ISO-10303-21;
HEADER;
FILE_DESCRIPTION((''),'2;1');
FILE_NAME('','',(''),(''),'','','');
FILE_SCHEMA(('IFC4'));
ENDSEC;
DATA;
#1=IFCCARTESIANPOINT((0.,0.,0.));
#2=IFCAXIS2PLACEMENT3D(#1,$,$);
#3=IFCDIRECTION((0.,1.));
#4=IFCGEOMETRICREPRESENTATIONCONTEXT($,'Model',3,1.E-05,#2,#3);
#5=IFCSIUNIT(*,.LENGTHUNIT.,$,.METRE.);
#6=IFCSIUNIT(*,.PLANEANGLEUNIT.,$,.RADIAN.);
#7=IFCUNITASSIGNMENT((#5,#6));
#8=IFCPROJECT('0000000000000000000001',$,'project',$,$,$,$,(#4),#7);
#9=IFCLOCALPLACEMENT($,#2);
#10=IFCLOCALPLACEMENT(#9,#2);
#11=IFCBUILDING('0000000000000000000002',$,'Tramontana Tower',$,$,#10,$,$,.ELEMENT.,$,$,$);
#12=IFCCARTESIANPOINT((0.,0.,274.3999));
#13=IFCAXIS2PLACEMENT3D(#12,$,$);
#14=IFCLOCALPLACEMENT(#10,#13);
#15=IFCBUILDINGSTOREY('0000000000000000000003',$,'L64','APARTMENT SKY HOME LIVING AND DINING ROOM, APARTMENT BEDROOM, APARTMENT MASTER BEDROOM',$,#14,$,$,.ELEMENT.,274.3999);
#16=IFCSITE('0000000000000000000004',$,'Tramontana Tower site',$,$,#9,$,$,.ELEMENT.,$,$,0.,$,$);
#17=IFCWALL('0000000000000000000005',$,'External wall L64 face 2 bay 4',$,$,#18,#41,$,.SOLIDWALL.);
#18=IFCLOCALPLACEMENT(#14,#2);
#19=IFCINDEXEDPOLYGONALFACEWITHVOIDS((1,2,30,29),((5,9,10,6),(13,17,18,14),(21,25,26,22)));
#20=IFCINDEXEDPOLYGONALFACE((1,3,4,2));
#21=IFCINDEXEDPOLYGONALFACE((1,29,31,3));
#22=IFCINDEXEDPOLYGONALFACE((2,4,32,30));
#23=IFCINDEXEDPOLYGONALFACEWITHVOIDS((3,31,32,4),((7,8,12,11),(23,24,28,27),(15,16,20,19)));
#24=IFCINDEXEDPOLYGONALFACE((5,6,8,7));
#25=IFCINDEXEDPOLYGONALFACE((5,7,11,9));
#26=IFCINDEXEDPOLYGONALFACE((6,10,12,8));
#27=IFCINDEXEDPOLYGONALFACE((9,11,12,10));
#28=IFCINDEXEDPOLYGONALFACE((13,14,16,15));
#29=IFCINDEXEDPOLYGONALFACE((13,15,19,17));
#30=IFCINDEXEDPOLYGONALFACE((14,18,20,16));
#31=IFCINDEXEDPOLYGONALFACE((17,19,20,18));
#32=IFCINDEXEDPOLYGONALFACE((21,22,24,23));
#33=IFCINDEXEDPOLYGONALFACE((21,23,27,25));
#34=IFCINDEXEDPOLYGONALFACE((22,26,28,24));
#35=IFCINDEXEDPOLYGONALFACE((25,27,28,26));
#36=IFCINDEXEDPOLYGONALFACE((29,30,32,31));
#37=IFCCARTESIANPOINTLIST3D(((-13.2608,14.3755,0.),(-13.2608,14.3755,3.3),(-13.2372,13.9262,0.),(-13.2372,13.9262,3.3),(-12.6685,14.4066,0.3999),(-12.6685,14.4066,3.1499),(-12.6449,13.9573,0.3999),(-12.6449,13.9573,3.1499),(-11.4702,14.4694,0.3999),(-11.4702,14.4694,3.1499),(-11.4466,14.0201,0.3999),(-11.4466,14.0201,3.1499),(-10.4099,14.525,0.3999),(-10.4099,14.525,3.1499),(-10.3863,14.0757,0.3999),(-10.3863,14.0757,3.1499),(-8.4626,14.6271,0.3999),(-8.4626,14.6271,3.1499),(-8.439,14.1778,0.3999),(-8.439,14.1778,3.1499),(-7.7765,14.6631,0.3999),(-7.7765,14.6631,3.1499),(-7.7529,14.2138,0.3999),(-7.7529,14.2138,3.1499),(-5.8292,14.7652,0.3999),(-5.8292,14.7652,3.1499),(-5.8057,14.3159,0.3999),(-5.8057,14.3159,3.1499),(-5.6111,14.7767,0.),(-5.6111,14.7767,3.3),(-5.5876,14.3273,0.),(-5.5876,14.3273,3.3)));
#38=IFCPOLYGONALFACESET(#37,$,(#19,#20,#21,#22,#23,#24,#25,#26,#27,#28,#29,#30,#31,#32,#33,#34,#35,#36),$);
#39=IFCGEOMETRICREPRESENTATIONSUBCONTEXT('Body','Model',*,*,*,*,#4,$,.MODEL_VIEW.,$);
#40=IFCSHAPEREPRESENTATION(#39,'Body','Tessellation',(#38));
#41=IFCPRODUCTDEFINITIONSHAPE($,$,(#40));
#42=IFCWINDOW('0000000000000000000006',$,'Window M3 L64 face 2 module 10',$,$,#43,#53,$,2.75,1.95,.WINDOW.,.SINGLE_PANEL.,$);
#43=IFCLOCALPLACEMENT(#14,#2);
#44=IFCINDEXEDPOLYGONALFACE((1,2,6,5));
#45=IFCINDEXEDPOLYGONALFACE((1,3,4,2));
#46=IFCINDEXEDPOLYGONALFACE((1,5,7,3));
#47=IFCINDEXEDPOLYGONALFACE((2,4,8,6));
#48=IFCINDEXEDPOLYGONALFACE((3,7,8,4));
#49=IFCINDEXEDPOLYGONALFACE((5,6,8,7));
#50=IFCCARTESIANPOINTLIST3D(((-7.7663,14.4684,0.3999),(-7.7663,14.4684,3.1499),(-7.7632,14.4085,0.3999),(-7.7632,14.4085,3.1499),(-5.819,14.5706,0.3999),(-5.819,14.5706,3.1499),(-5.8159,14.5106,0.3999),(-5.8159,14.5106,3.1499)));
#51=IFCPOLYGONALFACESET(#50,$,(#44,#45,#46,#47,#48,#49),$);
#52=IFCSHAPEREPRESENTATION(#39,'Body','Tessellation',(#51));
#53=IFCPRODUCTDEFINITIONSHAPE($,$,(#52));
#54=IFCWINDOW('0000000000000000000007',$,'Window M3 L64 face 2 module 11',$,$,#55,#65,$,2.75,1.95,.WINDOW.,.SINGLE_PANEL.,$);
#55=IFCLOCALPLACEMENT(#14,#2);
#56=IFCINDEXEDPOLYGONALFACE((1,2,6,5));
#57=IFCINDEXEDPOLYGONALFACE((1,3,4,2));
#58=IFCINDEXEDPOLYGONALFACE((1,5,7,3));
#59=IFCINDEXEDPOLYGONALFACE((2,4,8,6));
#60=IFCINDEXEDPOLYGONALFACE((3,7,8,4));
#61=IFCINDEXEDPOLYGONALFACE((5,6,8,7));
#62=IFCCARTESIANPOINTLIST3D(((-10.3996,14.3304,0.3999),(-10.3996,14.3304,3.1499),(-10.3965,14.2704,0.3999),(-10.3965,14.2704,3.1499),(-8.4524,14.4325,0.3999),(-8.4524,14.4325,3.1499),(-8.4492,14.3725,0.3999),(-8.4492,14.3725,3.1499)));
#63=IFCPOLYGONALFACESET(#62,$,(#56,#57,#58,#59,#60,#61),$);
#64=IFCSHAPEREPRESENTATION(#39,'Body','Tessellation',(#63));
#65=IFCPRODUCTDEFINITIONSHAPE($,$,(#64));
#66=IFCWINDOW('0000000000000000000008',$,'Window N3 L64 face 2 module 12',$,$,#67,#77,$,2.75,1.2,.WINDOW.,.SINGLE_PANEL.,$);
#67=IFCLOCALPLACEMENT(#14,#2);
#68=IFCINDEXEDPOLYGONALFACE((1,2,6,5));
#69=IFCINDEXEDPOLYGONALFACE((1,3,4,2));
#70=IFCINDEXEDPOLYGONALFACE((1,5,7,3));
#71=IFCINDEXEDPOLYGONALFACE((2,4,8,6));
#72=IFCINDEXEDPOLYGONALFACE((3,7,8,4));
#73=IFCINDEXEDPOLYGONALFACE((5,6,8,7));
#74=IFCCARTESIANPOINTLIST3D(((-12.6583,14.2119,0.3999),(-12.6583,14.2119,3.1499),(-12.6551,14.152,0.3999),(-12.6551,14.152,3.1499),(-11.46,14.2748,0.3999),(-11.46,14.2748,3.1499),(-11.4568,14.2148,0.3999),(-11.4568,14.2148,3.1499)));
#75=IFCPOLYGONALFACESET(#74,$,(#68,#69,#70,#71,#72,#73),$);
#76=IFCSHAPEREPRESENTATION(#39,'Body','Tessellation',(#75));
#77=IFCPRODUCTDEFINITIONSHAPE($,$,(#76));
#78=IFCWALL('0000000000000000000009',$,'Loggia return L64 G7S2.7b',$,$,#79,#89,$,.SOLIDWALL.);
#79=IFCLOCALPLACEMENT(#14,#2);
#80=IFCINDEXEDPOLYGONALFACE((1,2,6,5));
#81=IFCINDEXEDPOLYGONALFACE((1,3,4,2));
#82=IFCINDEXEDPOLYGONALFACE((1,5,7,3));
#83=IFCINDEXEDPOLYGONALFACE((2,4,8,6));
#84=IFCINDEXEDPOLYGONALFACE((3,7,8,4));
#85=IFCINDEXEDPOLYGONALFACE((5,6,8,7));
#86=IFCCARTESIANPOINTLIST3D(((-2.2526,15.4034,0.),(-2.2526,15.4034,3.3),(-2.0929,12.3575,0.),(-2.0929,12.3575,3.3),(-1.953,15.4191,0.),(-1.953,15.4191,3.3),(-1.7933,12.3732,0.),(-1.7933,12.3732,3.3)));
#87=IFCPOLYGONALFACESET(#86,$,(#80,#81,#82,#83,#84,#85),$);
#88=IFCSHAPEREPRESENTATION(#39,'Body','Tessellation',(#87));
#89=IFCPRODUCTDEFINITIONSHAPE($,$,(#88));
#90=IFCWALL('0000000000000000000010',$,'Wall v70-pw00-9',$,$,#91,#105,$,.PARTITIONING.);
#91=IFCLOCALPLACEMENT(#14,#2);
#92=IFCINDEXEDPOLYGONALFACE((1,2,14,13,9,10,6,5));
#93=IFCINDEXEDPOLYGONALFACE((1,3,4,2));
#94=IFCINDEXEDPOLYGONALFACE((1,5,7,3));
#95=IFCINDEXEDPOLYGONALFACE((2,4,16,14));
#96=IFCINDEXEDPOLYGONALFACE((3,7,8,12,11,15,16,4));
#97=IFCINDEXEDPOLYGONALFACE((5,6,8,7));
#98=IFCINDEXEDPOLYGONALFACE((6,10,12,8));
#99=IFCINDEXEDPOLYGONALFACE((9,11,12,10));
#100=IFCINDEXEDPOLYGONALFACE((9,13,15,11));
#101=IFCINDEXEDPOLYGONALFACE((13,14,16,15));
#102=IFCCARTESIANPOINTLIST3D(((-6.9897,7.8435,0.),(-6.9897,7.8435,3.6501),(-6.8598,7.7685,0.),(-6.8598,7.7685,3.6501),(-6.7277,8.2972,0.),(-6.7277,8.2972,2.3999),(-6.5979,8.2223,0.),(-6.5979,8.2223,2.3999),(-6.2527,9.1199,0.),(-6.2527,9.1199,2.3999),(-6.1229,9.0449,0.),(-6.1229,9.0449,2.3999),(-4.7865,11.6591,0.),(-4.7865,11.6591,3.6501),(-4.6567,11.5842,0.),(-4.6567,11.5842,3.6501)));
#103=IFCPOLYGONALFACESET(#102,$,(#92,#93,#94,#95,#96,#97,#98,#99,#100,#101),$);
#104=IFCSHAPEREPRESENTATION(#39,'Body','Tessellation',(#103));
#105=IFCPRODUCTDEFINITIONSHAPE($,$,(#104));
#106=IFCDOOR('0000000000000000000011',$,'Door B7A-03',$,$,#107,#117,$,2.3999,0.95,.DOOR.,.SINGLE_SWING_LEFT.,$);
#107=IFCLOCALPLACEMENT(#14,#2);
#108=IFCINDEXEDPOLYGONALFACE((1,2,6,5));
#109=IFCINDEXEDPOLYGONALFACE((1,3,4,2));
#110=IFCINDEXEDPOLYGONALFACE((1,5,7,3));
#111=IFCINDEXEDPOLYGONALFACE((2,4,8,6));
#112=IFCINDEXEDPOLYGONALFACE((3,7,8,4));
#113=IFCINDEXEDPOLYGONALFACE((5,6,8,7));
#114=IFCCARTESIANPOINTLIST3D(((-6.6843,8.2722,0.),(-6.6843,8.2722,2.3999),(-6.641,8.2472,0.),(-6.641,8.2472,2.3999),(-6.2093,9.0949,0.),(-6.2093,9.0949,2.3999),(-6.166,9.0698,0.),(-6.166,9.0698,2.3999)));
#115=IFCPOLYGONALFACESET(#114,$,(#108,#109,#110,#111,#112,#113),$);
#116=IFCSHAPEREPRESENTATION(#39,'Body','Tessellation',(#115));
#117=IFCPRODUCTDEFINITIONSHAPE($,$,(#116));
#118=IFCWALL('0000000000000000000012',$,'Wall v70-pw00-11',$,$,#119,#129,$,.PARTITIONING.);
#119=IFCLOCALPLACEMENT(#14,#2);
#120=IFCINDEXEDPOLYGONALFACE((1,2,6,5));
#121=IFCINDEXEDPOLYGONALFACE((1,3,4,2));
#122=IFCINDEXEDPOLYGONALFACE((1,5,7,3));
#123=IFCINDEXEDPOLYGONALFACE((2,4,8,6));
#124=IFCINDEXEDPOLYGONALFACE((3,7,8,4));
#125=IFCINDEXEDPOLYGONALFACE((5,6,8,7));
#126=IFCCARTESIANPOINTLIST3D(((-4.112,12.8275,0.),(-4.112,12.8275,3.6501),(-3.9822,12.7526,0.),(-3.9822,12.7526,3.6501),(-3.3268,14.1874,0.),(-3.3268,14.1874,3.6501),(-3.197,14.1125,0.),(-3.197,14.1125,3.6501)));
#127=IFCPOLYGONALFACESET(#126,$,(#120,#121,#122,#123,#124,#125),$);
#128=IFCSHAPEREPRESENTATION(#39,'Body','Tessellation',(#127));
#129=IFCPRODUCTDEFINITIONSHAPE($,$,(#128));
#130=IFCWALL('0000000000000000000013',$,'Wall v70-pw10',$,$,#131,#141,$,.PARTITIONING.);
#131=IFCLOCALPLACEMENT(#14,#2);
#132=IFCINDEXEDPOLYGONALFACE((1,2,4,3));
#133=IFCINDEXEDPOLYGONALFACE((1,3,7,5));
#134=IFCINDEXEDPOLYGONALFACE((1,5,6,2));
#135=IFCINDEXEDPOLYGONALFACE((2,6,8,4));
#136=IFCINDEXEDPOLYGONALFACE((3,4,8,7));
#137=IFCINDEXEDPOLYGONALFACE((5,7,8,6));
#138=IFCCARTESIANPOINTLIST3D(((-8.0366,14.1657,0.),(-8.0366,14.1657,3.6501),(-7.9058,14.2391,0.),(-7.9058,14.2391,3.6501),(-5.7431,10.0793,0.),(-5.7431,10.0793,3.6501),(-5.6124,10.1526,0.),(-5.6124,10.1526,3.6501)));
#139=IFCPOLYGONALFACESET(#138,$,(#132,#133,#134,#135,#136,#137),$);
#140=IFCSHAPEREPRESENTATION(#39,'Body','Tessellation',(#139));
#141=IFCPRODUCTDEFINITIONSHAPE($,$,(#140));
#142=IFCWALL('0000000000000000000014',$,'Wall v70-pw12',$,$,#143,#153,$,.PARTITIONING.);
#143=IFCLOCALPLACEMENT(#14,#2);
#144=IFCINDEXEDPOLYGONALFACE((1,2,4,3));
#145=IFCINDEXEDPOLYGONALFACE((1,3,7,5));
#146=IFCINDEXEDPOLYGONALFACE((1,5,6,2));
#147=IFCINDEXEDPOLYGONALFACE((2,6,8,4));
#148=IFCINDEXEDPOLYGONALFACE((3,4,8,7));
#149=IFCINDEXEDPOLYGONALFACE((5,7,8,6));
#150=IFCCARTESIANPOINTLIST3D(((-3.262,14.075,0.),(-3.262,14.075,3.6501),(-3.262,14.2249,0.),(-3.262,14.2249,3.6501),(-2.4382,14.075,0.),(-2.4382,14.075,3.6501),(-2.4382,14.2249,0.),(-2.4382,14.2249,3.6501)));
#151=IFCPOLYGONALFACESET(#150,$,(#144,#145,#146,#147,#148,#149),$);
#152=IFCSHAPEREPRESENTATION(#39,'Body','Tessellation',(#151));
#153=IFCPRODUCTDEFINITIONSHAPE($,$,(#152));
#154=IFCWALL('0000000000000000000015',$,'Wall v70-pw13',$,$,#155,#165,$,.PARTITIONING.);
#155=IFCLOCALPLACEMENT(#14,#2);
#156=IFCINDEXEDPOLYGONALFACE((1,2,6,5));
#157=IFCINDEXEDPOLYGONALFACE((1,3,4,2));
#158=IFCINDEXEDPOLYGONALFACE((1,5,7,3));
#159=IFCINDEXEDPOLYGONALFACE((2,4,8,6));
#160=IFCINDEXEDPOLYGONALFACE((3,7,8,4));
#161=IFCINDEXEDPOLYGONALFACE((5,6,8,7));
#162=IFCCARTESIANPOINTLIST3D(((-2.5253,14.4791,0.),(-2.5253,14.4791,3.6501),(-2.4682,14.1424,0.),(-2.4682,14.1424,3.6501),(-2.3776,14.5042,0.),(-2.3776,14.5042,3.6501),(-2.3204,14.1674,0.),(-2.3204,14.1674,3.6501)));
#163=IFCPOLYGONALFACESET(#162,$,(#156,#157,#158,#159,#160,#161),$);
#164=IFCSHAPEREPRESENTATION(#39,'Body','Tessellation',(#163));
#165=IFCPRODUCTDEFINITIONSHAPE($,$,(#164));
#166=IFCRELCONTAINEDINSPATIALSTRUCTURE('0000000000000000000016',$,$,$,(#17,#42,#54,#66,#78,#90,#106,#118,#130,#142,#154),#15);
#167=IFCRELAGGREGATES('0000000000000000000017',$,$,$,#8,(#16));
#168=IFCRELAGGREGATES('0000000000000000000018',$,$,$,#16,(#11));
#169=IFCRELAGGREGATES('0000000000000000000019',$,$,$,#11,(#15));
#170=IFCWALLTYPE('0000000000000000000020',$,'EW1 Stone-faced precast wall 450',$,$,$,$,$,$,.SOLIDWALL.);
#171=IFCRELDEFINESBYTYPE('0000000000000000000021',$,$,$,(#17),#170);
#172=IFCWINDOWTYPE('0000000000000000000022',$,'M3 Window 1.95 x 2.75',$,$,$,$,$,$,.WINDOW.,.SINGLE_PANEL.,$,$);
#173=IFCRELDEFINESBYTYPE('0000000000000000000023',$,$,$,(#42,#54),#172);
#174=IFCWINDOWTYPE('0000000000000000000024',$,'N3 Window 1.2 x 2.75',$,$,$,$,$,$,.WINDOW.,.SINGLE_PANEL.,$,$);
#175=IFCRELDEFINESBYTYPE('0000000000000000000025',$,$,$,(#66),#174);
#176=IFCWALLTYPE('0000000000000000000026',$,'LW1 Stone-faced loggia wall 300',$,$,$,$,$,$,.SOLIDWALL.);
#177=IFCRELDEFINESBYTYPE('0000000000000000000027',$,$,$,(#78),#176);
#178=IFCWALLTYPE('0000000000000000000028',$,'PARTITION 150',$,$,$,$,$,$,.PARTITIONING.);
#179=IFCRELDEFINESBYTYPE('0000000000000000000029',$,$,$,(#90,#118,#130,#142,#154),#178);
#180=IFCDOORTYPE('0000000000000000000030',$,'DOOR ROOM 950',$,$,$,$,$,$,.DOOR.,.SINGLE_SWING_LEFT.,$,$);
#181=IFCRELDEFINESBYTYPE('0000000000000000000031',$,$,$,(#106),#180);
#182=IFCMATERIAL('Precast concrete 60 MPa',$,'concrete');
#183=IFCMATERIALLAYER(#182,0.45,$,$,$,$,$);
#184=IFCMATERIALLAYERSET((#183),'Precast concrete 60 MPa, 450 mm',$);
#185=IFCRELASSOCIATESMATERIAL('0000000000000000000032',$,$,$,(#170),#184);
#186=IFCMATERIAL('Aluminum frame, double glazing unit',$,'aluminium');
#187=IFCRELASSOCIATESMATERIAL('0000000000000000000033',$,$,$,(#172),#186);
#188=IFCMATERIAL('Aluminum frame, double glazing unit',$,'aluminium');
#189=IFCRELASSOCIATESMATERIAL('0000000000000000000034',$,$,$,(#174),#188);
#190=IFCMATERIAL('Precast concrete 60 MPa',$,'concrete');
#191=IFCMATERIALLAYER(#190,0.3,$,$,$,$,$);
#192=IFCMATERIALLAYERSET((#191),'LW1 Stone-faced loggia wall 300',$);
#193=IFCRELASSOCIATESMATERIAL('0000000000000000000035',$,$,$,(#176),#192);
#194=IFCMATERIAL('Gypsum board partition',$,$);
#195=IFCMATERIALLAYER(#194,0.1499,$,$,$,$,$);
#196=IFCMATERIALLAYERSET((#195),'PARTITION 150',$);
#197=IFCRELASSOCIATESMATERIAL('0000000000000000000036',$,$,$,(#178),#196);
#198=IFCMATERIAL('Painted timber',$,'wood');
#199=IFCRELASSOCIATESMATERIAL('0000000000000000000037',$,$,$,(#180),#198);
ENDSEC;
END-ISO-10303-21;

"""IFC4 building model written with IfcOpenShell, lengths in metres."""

from ifc_helpers import new_model, si_unit, direction, frame, frame_2d, origin, place, context, subcontext, project, spatial, rectangle, extrude, material, layer, layer_set, type_object, element, fill, save


model = new_model("IFC4")

# Units and contexts
model_context = context("Model", 3, precision=1e-05, world=origin(), true_north=direction((0.0, 1.0)))
body_context = subcontext(model_context, "Body", "Model", "MODEL_VIEW")
ifc_project = project(units=[si_unit("LENGTHUNIT", "METRE"), si_unit("PLANEANGLEUNIT", "RADIAN")], contexts=[model_context])

# Site, building, storey
site_placement = place(None, origin())
site = spatial("IfcSite", under=ifc_project, at=site_placement, Name="Tramontana Tower site", CompositionType="ELEMENT", RefElevation=0.0)
building_placement = place(site_placement, origin())
building = spatial("IfcBuilding", under=site, at=building_placement, Name="Tramontana Tower", CompositionType="ELEMENT")
storey_placement = place(building_placement, frame((0.0, 0.0, 274.3999)))
storey = spatial("IfcBuildingStorey", under=building, at=storey_placement, Name="L64", Description="APARTMENT SKY HOME LIVING AND DINING ROOM, APARTMENT BEDROOM, APARTMENT MASTER BEDROOM", CompositionType="ELEMENT", Elevation=274.3999)

# Shared definitions
ifc_material_1 = material(Name="Precast concrete 60 MPa", Category="concrete")
ifc_layer_1 = layer(ifc_material_1, 0.45)
ifc_layer_set_1 = layer_set([ifc_layer_1], Name="Precast concrete 60 MPa, 450 mm")
wall_type_1 = type_object("IfcWallType", Name="EW1 Stone-faced precast wall 450", PredefinedType="SOLIDWALL", material=ifc_layer_set_1)
ifc_material_2 = material(Name="Aluminum frame, double glazing unit", Category="aluminium")
window_type_1 = type_object("IfcWindowType", Name="M3 Window 1.95 x 2.75", PartitioningType="SINGLE_PANEL", PredefinedType="WINDOW", material=ifc_material_2)

# Wall, openings, windows
wall_1_placement = place(storey_placement, frame((-5.5994, 14.552, 0.0), z_axis=(0.0, 0.0, 1.0), x_axis=(-0.998628, -0.052365, 0.0)))
wall_1 = element("IfcWall", 1, at=wall_1_placement, inside=storey, type_object=wall_type_1, Name="External wall L64 face 2 bay 4", PredefinedType="SOLIDWALL", context=body_context, shape_type="SweptSolid", body=[
    extrude(rectangle(XDim=7.6602, YDim=0.45, at=frame_2d((3.8301, 0.0))), origin(), (0.0, 0.0, 1.0), 3.3),
])
opening_1_placement = place(wall_1_placement, frame((0.2183, 0.0, 0.3999)))
opening_1 = element("IfcOpeningElement", 2, at=opening_1_placement, cuts=wall_1, PredefinedType="OPENING", context=body_context, shape_type="SweptSolid", body=[
    extrude(rectangle(XDim=1.95, YDim=2.75, at=frame_2d((0.9751, 1.375))), frame((0.0, 0.2349, 0.0), z_axis=(0.0, -1.0, 0.0), x_axis=(1.0, 0.0, 0.0)), (0.0, 0.0, 1.0), 0.47),
])
opening_2_placement = place(wall_1_placement, frame((2.8552, 0.0, 0.3999)))
opening_2 = element("IfcOpeningElement", 3, at=opening_2_placement, cuts=wall_1, PredefinedType="OPENING", context=body_context, shape_type="SweptSolid", body=[
    extrude(rectangle(XDim=1.95, YDim=2.75, at=frame_2d((0.9751, 1.375))), frame((0.0, 0.2349, 0.0), z_axis=(0.0, -1.0, 0.0), x_axis=(1.0, 0.0, 0.0)), (0.0, 0.0, 1.0), 0.47),
])
opening_3_placement = place(wall_1_placement, frame((5.8669, 0.0, 0.3999)))
opening_3 = element("IfcOpeningElement", 4, at=opening_3_placement, cuts=wall_1, PredefinedType="OPENING", context=body_context, shape_type="SweptSolid", body=[
    extrude(rectangle(XDim=1.2, YDim=2.75, at=frame_2d((0.6001, 1.375))), frame((0.0, 0.2349, 0.0), z_axis=(0.0, -1.0, 0.0), x_axis=(1.0, 0.0, 0.0)), (0.0, 0.0, 1.0), 0.47),
])
window_1_placement = place(opening_1_placement, origin())
window_1 = element("IfcWindow", 5, at=window_1_placement, inside=storey, type_object=window_type_1, Name="Window M3 L64 face 2 module 10", OverallHeight=2.75, OverallWidth=1.95, PartitioningType="SINGLE_PANEL", PredefinedType="WINDOW", context=body_context, shape_type="SweptSolid", body=[
    extrude(rectangle(XDim=1.95, YDim=2.75, at=frame_2d((0.9751, 1.375))), frame((0.0, 0.03, 0.0), z_axis=(0.0, -1.0, 0.0), x_axis=(1.0, 0.0, 0.0)), (0.0, 0.0, 1.0), 0.0601),
])
fill(opening_1, window_1)
window_2_placement = place(opening_2_placement, origin())
window_2 = element("IfcWindow", 6, at=window_2_placement, inside=storey, type_object=window_type_1, Name="Window M3 L64 face 2 module 11", OverallHeight=2.75, OverallWidth=1.95, PartitioningType="SINGLE_PANEL", PredefinedType="WINDOW", context=body_context, shape_type="SweptSolid", body=[
    extrude(rectangle(XDim=1.95, YDim=2.75, at=frame_2d((0.9751, 1.375))), frame((0.0, 0.03, 0.0), z_axis=(0.0, -1.0, 0.0), x_axis=(1.0, 0.0, 0.0)), (0.0, 0.0, 1.0), 0.0601),
])
fill(opening_2, window_2)
ifc_material_3 = material(Name="Aluminum frame, double glazing unit", Category="aluminium")
window_type_2 = type_object("IfcWindowType", Name="N3 Window 1.2 x 2.75", PartitioningType="SINGLE_PANEL", PredefinedType="WINDOW", material=ifc_material_3)
window_3_placement = place(opening_3_placement, origin())
window_3 = element("IfcWindow", 7, at=window_3_placement, inside=storey, type_object=window_type_2, Name="Window N3 L64 face 2 module 12", OverallHeight=2.75, OverallWidth=1.2, PartitioningType="SINGLE_PANEL", PredefinedType="WINDOW", context=body_context, shape_type="SweptSolid", body=[
    extrude(rectangle(XDim=1.2, YDim=2.75, at=frame_2d((0.6001, 1.375))), frame((0.0, 0.03, 0.0), z_axis=(0.0, -1.0, 0.0), x_axis=(1.0, 0.0, 0.0)), (0.0, 0.0, 1.0), 0.0601),
])
fill(opening_3, window_3)

# Wall
ifc_material_4 = material(Name="Precast concrete 60 MPa", Category="concrete")
ifc_layer_2 = layer(ifc_material_4, 0.3)
ifc_layer_set_2 = layer_set([ifc_layer_2], Name="LW1 Stone-faced loggia wall 300")
wall_type_2 = type_object("IfcWallType", Name="LW1 Stone-faced loggia wall 300", PredefinedType="SOLIDWALL", material=ifc_layer_set_2)
wall_2_placement = place(storey_placement, frame((-2.1028, 15.4111, 0.0), z_axis=(0.0, 0.0, 1.0), x_axis=(0.052349, -0.998629, 0.0)))
element("IfcWall", 8, at=wall_2_placement, inside=storey, type_object=wall_type_2, Name="Loggia return L64 G7S2.7b", PredefinedType="SOLIDWALL", context=body_context, shape_type="SweptSolid", body=[
    extrude(rectangle(XDim=3.05, YDim=0.3, at=frame_2d((1.5249, 0.0))), origin(), (0.0, 0.0, 1.0), 3.3),
])

# Wall, opening, door
ifc_material_5 = material(Name="Gypsum board partition")
ifc_layer_3 = layer(ifc_material_5, 0.1499)
ifc_layer_set_3 = layer_set([ifc_layer_3], Name="PARTITION 150")
wall_type_3 = type_object("IfcWallType", Name="PARTITION 150", PredefinedType="PARTITIONING", material=ifc_layer_set_3)
wall_3_placement = place(storey_placement, frame((-6.9248, 7.8059, 0.0), z_axis=(0.0, 0.0, 1.0), x_axis=(0.500025, 0.866011, 0.0)))
wall_3 = element("IfcWall", 9, at=wall_3_placement, inside=storey, type_object=wall_type_3, Name="Wall v70-pw00-9", PredefinedType="PARTITIONING", context=body_context, shape_type="SweptSolid", body=[
    extrude(rectangle(XDim=4.406, YDim=0.1499, at=frame_2d((2.2031, 0.0))), origin(), (0.0, 0.0, 1.0), 3.6501),
])
opening_4_placement = place(wall_3_placement, frame((0.5239, 0.0, 0.0)))
opening_4 = element("IfcOpeningElement", 10, at=opening_4_placement, cuts=wall_3, PredefinedType="OPENING", context=body_context, shape_type="SweptSolid", body=[
    extrude(rectangle(XDim=0.95, YDim=2.3999, at=frame_2d((0.4751, 1.2))), frame((0.0, 0.085, 0.0), z_axis=(0.0, -1.0, 0.0), x_axis=(1.0, 0.0, 0.0)), (0.0, 0.0, 1.0), 0.1699),
])
ifc_material_6 = material(Name="Painted timber", Category="wood")
door_type_1 = type_object("IfcDoorType", Name="DOOR ROOM 950", OperationType="SINGLE_SWING_LEFT", PredefinedType="DOOR", material=ifc_material_6)
door_1_placement = place(opening_4_placement, origin())
door_1 = element("IfcDoor", 11, at=door_1_placement, inside=storey, type_object=door_type_1, Name="Door B7A-03", OperationType="SINGLE_SWING_LEFT", OverallHeight=2.3999, OverallWidth=0.95, PredefinedType="DOOR", context=body_context, shape_type="SweptSolid", body=[
    extrude(rectangle(XDim=0.95, YDim=2.3999, at=frame_2d((0.4751, 1.2))), frame((0.0, 0.0249, 0.0), z_axis=(0.0, -1.0, 0.0), x_axis=(1.0, 0.0, 0.0)), (0.0, 0.0, 1.0), 0.05),
])
fill(opening_4, door_1)

# Walls
wall_4_placement = place(storey_placement, frame((-4.0471, 12.79, 0.0), z_axis=(0.0, 0.0, 1.0), x_axis=(0.500019, 0.866015, 0.0)))
element("IfcWall", 12, at=wall_4_placement, inside=storey, type_object=wall_type_3, Name="Wall v70-pw00-11", PredefinedType="PARTITIONING", context=body_context, shape_type="SweptSolid", body=[
    extrude(rectangle(XDim=1.5703, YDim=0.1499, at=frame_2d((0.7852, 0.0))), origin(), (0.0, 0.0, 1.0), 3.6501),
])
wall_5_placement = place(storey_placement, frame((-7.9712, 14.2024, 0.0), z_axis=(0.0, 0.0, 1.0), x_axis=(0.489425, -0.872045, 0.0)))
element("IfcWall", 13, at=wall_5_placement, inside=storey, type_object=wall_type_3, Name="Wall v70-pw10", PredefinedType="PARTITIONING", context=body_context, shape_type="SweptSolid", body=[
    extrude(rectangle(XDim=4.686, YDim=0.1499, at=frame_2d((2.343, 0.0))), origin(), (0.0, 0.0, 1.0), 3.6501),
])
wall_6_placement = place(storey_placement, frame((-3.262, 14.1499, 0.0), z_axis=(0.0, 0.0, 1.0), x_axis=(1.0, 0.0, 0.0)))
element("IfcWall", 14, at=wall_6_placement, inside=storey, type_object=wall_type_3, Name="Wall v70-pw12", PredefinedType="PARTITIONING", context=body_context, shape_type="SweptSolid", body=[
    extrude(rectangle(XDim=0.8237, YDim=0.1499, at=frame_2d((0.4119, 0.0))), origin(), (0.0, 0.0, 1.0), 3.6501),
])
wall_7_placement = place(storey_placement, frame((-2.3943, 14.1548, 0.0), z_axis=(0.0, 0.0, 1.0), x_axis=(-0.167297, 0.985907, 0.0)))
element("IfcWall", 15, at=wall_7_placement, inside=storey, type_object=wall_type_3, Name="Wall v70-pw13", PredefinedType="PARTITIONING", context=body_context, shape_type="SweptSolid", body=[
    extrude(rectangle(XDim=0.3416, YDim=0.1499, at=frame_2d((0.1709, 0.0))), origin(), (0.0, 0.0, 1.0), 3.6501),
])

save(model, "model.ifc")
